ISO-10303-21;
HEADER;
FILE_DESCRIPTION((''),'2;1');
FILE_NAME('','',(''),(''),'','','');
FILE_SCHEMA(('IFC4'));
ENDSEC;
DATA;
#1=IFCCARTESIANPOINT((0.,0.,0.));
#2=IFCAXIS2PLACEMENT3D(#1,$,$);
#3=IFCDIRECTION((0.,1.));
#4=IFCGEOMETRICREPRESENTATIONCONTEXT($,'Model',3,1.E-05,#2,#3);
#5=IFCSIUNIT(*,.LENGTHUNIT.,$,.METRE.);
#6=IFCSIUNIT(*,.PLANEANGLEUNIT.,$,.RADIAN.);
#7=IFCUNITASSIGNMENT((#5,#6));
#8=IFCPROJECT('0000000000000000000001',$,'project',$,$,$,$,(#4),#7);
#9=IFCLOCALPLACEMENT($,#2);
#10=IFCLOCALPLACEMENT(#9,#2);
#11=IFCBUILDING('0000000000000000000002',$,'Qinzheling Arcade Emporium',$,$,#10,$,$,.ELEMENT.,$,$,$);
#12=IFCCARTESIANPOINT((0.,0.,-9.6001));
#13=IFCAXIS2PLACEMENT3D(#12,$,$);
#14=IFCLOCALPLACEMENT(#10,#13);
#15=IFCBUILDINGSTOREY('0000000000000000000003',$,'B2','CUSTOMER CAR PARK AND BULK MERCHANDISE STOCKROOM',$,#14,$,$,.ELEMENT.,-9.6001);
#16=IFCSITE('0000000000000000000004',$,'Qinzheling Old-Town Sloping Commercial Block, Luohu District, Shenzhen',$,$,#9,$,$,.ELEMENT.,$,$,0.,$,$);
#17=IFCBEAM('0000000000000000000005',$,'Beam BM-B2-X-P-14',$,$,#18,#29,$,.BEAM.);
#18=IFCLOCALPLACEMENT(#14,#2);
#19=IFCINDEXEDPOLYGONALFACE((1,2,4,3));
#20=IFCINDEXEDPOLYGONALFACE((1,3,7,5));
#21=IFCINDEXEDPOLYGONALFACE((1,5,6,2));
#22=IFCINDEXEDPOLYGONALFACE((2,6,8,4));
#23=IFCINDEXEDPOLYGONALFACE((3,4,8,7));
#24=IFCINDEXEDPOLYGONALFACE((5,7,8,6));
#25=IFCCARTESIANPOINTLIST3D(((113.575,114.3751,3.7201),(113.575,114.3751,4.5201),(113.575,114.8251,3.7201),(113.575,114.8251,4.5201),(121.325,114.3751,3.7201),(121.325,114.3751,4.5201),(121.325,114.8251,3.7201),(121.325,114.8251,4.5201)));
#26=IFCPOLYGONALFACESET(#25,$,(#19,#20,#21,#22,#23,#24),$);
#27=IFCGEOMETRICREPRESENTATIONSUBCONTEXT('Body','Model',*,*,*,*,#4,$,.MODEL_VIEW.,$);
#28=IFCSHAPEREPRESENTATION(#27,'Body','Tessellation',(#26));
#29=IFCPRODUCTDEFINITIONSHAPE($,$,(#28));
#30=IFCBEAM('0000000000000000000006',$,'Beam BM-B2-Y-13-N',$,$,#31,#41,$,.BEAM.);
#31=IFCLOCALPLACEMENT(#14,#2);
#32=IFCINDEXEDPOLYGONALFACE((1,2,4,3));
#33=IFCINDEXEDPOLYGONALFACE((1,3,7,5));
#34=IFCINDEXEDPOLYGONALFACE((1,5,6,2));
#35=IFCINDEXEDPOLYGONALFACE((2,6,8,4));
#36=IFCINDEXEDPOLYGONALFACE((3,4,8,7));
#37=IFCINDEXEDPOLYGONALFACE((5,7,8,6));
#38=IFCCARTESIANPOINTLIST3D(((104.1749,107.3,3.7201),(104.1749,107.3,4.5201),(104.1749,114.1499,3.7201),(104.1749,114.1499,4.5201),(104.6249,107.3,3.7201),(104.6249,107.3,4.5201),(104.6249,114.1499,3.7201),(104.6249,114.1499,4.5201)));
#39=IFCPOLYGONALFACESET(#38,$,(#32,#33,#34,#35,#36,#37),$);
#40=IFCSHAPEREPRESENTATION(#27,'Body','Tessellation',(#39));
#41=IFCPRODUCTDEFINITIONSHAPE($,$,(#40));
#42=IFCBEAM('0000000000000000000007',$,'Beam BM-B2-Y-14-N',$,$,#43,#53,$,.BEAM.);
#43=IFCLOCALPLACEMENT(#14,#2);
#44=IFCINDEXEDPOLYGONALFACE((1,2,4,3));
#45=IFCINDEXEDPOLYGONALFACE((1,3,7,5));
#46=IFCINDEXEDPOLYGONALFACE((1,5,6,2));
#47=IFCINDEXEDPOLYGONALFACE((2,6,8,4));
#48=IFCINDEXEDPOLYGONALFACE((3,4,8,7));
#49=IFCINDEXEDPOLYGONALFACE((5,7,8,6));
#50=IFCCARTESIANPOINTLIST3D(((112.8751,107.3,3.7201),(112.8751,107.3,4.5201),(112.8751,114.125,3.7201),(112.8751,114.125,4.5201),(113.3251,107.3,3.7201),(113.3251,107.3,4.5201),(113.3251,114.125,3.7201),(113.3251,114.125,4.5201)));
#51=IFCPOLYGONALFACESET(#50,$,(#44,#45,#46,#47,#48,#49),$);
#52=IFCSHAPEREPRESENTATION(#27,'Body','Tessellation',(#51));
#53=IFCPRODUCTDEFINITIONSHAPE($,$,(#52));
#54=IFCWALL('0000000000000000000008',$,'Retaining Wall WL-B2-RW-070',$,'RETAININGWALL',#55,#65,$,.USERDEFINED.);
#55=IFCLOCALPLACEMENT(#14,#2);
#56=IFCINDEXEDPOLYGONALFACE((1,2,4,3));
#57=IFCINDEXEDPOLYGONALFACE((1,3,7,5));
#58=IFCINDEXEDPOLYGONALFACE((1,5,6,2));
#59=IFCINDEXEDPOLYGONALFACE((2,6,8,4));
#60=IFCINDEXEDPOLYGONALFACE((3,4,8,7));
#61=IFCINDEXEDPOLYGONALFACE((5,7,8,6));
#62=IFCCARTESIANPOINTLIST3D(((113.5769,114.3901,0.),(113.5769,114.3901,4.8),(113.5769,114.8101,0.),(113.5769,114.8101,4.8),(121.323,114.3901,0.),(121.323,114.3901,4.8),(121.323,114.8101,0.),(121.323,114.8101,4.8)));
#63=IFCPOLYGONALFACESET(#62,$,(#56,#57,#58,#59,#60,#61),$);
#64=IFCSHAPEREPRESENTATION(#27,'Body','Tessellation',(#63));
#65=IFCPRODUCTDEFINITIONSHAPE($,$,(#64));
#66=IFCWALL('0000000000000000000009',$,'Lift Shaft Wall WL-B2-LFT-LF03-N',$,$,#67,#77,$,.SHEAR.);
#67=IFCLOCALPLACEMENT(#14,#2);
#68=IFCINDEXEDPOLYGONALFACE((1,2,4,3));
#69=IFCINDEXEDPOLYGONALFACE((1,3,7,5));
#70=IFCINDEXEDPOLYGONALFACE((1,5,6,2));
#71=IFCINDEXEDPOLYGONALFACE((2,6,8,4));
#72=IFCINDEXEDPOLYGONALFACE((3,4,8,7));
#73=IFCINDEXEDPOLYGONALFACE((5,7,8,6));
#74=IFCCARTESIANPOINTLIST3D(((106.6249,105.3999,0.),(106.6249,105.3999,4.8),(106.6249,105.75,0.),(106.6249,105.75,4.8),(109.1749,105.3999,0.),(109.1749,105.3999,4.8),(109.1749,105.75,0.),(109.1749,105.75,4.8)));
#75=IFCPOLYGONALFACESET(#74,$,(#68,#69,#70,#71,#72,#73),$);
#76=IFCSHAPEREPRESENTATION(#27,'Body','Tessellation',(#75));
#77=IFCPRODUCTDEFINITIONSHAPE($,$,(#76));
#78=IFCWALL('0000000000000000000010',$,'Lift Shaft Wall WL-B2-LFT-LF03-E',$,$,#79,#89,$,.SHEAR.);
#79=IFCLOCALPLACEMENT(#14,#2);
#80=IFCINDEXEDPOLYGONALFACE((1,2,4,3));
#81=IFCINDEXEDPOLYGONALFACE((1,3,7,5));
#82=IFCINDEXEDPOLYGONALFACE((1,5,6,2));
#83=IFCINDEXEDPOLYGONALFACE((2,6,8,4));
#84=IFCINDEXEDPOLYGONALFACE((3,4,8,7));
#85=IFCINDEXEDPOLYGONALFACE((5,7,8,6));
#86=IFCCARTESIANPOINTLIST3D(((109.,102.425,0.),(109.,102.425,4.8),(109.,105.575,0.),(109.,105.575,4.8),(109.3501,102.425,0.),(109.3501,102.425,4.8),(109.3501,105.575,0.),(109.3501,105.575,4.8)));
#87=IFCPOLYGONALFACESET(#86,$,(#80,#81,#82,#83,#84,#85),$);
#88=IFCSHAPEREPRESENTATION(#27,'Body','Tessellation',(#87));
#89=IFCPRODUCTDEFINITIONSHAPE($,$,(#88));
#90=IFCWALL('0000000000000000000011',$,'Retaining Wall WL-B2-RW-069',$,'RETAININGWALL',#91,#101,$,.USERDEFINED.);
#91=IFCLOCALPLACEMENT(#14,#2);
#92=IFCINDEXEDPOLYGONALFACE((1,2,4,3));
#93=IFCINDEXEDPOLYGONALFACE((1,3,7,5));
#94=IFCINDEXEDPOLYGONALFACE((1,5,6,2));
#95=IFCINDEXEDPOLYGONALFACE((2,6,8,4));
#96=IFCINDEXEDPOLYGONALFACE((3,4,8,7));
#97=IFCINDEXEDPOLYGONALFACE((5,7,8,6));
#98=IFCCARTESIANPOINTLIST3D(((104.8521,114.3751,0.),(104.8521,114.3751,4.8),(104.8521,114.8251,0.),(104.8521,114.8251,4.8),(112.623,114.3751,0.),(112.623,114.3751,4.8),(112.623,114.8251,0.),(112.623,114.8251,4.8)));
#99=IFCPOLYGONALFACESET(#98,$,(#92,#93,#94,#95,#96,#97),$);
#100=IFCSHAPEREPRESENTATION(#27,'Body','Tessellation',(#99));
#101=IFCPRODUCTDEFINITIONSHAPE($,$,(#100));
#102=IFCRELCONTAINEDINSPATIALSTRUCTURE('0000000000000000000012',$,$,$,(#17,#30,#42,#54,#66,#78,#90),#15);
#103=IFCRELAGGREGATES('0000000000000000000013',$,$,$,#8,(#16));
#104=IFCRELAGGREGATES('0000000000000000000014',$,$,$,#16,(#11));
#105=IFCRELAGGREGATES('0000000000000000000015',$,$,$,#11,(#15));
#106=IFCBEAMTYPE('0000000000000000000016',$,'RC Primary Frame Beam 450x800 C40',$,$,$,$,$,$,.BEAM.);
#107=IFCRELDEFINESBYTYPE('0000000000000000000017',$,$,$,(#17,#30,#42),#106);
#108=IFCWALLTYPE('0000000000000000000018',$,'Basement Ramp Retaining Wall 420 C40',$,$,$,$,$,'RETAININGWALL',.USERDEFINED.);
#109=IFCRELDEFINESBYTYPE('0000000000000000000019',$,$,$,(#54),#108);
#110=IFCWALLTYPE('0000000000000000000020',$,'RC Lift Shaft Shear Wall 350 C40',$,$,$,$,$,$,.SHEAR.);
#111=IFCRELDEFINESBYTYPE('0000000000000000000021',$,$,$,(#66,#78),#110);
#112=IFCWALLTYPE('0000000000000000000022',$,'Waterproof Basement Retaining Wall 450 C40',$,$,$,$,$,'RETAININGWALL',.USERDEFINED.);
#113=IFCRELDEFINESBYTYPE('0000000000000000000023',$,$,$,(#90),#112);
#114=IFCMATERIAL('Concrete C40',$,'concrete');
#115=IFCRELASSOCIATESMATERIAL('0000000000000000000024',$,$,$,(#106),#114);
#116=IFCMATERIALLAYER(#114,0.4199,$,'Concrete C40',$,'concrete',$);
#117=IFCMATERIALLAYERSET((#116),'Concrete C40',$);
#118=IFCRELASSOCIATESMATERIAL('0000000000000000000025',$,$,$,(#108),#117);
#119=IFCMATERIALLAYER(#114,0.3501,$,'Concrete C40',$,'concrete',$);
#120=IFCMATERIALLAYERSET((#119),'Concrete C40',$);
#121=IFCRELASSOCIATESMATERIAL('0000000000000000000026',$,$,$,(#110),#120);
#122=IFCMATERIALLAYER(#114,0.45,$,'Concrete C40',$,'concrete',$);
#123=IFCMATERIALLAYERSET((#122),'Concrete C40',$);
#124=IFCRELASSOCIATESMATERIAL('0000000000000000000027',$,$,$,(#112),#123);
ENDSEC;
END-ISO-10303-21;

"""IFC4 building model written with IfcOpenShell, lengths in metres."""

from ifc_helpers import new_model, si_unit, direction, frame, frame_2d, origin, origin_2d, place, context, subcontext, project, spatial, rectangle, extrude, material, layer, layer_set, material_profile, profile_set, type_object, element, save


model = new_model("IFC4")

# Units and contexts
model_context = context("Model", 3, precision=1e-05, world=origin(), true_north=direction((0.0, 1.0)))
body_context = subcontext(model_context, "Body", "Model", "MODEL_VIEW")
ifc_project = project(units=[si_unit("LENGTHUNIT", "METRE"), si_unit("PLANEANGLEUNIT", "RADIAN")], contexts=[model_context])

# Site, building, storey
site_placement = place(None, origin())
site = spatial("IfcSite", under=ifc_project, at=site_placement, Name="Qinzheling Old-Town Sloping Commercial Block, Luohu District, Shenzhen", CompositionType="ELEMENT", RefElevation=0.0)
building_placement = place(site_placement, origin())
building = spatial("IfcBuilding", under=site, at=building_placement, Name="Qinzheling Arcade Emporium", CompositionType="ELEMENT")
storey_placement = place(building_placement, frame((0.0, 0.0, -9.6001)))
storey = spatial("IfcBuildingStorey", under=building, at=storey_placement, Name="B2", Description="CUSTOMER CAR PARK AND BULK MERCHANDISE STOCKROOM", CompositionType="ELEMENT", Elevation=-9.6001)

# Shared definitions
ifc_material_1 = material(Name="Concrete C40", Category="concrete")

# Beams
ifc_material_profile_1 = material_profile(ifc_material_1, rectangle(XDim=0.45, YDim=0.8, at=origin_2d()), Name="RC 450x800", Category="concrete")
ifc_profile_set_1 = profile_set([ifc_material_profile_1], Name="Concrete C40")
beam_type = type_object("IfcBeamType", Name="RC Primary Frame Beam 450x800 C40", PredefinedType="BEAM", material=ifc_profile_set_1)
beam_1_placement = place(storey_placement, frame((113.575, 114.6001, 4.1201), z_axis=(1.0, 0.0, 0.0), x_axis=(0.0, 1.0, 0.0)))
element("IfcBeam", 1, at=beam_1_placement, inside=storey, type_object=beam_type, Name="Beam BM-B2-X-P-14", PredefinedType="BEAM", context=body_context, shape_type="SweptSolid", body=[
    extrude(rectangle(XDim=0.45, YDim=0.8, at=origin_2d()), origin(), (0.0, 0.0, 1.0), 7.75),
])
beam_2_placement = place(storey_placement, frame((104.3999, 107.3, 4.1201), z_axis=(0.0, 1.0, 0.0), x_axis=(-1.0, 0.0, 0.0)))
element("IfcBeam", 2, at=beam_2_placement, inside=storey, type_object=beam_type, Name="Beam BM-B2-Y-13-N", PredefinedType="BEAM", context=body_context, shape_type="SweptSolid", body=[
    extrude(rectangle(XDim=0.45, YDim=0.8, at=origin_2d()), origin(), (0.0, 0.0, 1.0), 6.8499),
])
beam_3_placement = place(storey_placement, frame((113.1001, 107.3, 4.1201), z_axis=(0.0, 1.0, 0.0), x_axis=(-1.0, 0.0, 0.0)))
element("IfcBeam", 3, at=beam_3_placement, inside=storey, type_object=beam_type, Name="Beam BM-B2-Y-14-N", PredefinedType="BEAM", context=body_context, shape_type="SweptSolid", body=[
    extrude(rectangle(XDim=0.45, YDim=0.8, at=origin_2d()), origin(), (0.0, 0.0, 1.0), 6.825),
])

# Walls
ifc_layer_1 = layer(ifc_material_1, 0.4199, Name="Concrete C40", Category="concrete")
ifc_layer_set_1 = layer_set([ifc_layer_1], Name="Concrete C40")
wall_type_1 = type_object("IfcWallType", Name="Basement Ramp Retaining Wall 420 C40", ElementType="RETAININGWALL", PredefinedType="USERDEFINED", material=ifc_layer_set_1)
wall_1_placement = place(storey_placement, frame((113.5769, 114.6001, 0.0), z_axis=(0.0, 0.0, 1.0), x_axis=(1.0, 0.0, 0.0)))
element("IfcWall", 4, at=wall_1_placement, inside=storey, type_object=wall_type_1, Name="Retaining Wall WL-B2-RW-070", ObjectType="RETAININGWALL", PredefinedType="USERDEFINED", context=body_context, shape_type="SweptSolid", body=[
    extrude(rectangle(XDim=7.7461, YDim=0.4199, at=frame_2d((3.873, 0.0))), origin(), (0.0, 0.0, 1.0), 4.8),
])
ifc_layer_2 = layer(ifc_material_1, 0.3501, Name="Concrete C40", Category="concrete")
ifc_layer_set_2 = layer_set([ifc_layer_2], Name="Concrete C40")
wall_type_2 = type_object("IfcWallType", Name="RC Lift Shaft Shear Wall 350 C40", PredefinedType="SHEAR", material=ifc_layer_set_2)
wall_2_placement = place(storey_placement, frame((106.625, 105.575, 0.0), z_axis=(0.0, 0.0, 1.0), x_axis=(1.0, 0.0, 0.0)))
element("IfcWall", 5, at=wall_2_placement, inside=storey, type_object=wall_type_2, Name="Lift Shaft Wall WL-B2-LFT-LF03-N", PredefinedType="SHEAR", context=body_context, shape_type="SweptSolid", body=[
    extrude(rectangle(XDim=2.55, YDim=0.3501, at=frame_2d((1.2749, 0.0))), origin(), (0.0, 0.0, 1.0), 4.8),
])
wall_3_placement = place(storey_placement, frame((109.175, 105.575, 0.0), z_axis=(0.0, 0.0, 1.0), x_axis=(0.0, -1.0, 0.0)))
element("IfcWall", 6, at=wall_3_placement, inside=storey, type_object=wall_type_2, Name="Lift Shaft Wall WL-B2-LFT-LF03-E", PredefinedType="SHEAR", context=body_context, shape_type="SweptSolid", body=[
    extrude(rectangle(XDim=3.1499, YDim=0.3501, at=frame_2d((1.575, 0.0))), origin(), (0.0, 0.0, 1.0), 4.8),
])
ifc_layer_3 = layer(ifc_material_1, 0.45, Name="Concrete C40", Category="concrete")
ifc_layer_set_3 = layer_set([ifc_layer_3], Name="Concrete C40")
wall_type_3 = type_object("IfcWallType", Name="Waterproof Basement Retaining Wall 450 C40", ElementType="RETAININGWALL", PredefinedType="USERDEFINED", material=ifc_layer_set_3)
wall_4_placement = place(storey_placement, frame((104.8521, 114.6001, 0.0), z_axis=(0.0, 0.0, 1.0), x_axis=(1.0, 0.0, 0.0)))
element("IfcWall", 7, at=wall_4_placement, inside=storey, type_object=wall_type_3, Name="Retaining Wall WL-B2-RW-069", ObjectType="RETAININGWALL", PredefinedType="USERDEFINED", context=body_context, shape_type="SweptSolid", body=[
    extrude(rectangle(XDim=7.771, YDim=0.45, at=frame_2d((3.8855, 0.0))), origin(), (0.0, 0.0, 1.0), 4.8),
])

save(model, "model.ifc")
